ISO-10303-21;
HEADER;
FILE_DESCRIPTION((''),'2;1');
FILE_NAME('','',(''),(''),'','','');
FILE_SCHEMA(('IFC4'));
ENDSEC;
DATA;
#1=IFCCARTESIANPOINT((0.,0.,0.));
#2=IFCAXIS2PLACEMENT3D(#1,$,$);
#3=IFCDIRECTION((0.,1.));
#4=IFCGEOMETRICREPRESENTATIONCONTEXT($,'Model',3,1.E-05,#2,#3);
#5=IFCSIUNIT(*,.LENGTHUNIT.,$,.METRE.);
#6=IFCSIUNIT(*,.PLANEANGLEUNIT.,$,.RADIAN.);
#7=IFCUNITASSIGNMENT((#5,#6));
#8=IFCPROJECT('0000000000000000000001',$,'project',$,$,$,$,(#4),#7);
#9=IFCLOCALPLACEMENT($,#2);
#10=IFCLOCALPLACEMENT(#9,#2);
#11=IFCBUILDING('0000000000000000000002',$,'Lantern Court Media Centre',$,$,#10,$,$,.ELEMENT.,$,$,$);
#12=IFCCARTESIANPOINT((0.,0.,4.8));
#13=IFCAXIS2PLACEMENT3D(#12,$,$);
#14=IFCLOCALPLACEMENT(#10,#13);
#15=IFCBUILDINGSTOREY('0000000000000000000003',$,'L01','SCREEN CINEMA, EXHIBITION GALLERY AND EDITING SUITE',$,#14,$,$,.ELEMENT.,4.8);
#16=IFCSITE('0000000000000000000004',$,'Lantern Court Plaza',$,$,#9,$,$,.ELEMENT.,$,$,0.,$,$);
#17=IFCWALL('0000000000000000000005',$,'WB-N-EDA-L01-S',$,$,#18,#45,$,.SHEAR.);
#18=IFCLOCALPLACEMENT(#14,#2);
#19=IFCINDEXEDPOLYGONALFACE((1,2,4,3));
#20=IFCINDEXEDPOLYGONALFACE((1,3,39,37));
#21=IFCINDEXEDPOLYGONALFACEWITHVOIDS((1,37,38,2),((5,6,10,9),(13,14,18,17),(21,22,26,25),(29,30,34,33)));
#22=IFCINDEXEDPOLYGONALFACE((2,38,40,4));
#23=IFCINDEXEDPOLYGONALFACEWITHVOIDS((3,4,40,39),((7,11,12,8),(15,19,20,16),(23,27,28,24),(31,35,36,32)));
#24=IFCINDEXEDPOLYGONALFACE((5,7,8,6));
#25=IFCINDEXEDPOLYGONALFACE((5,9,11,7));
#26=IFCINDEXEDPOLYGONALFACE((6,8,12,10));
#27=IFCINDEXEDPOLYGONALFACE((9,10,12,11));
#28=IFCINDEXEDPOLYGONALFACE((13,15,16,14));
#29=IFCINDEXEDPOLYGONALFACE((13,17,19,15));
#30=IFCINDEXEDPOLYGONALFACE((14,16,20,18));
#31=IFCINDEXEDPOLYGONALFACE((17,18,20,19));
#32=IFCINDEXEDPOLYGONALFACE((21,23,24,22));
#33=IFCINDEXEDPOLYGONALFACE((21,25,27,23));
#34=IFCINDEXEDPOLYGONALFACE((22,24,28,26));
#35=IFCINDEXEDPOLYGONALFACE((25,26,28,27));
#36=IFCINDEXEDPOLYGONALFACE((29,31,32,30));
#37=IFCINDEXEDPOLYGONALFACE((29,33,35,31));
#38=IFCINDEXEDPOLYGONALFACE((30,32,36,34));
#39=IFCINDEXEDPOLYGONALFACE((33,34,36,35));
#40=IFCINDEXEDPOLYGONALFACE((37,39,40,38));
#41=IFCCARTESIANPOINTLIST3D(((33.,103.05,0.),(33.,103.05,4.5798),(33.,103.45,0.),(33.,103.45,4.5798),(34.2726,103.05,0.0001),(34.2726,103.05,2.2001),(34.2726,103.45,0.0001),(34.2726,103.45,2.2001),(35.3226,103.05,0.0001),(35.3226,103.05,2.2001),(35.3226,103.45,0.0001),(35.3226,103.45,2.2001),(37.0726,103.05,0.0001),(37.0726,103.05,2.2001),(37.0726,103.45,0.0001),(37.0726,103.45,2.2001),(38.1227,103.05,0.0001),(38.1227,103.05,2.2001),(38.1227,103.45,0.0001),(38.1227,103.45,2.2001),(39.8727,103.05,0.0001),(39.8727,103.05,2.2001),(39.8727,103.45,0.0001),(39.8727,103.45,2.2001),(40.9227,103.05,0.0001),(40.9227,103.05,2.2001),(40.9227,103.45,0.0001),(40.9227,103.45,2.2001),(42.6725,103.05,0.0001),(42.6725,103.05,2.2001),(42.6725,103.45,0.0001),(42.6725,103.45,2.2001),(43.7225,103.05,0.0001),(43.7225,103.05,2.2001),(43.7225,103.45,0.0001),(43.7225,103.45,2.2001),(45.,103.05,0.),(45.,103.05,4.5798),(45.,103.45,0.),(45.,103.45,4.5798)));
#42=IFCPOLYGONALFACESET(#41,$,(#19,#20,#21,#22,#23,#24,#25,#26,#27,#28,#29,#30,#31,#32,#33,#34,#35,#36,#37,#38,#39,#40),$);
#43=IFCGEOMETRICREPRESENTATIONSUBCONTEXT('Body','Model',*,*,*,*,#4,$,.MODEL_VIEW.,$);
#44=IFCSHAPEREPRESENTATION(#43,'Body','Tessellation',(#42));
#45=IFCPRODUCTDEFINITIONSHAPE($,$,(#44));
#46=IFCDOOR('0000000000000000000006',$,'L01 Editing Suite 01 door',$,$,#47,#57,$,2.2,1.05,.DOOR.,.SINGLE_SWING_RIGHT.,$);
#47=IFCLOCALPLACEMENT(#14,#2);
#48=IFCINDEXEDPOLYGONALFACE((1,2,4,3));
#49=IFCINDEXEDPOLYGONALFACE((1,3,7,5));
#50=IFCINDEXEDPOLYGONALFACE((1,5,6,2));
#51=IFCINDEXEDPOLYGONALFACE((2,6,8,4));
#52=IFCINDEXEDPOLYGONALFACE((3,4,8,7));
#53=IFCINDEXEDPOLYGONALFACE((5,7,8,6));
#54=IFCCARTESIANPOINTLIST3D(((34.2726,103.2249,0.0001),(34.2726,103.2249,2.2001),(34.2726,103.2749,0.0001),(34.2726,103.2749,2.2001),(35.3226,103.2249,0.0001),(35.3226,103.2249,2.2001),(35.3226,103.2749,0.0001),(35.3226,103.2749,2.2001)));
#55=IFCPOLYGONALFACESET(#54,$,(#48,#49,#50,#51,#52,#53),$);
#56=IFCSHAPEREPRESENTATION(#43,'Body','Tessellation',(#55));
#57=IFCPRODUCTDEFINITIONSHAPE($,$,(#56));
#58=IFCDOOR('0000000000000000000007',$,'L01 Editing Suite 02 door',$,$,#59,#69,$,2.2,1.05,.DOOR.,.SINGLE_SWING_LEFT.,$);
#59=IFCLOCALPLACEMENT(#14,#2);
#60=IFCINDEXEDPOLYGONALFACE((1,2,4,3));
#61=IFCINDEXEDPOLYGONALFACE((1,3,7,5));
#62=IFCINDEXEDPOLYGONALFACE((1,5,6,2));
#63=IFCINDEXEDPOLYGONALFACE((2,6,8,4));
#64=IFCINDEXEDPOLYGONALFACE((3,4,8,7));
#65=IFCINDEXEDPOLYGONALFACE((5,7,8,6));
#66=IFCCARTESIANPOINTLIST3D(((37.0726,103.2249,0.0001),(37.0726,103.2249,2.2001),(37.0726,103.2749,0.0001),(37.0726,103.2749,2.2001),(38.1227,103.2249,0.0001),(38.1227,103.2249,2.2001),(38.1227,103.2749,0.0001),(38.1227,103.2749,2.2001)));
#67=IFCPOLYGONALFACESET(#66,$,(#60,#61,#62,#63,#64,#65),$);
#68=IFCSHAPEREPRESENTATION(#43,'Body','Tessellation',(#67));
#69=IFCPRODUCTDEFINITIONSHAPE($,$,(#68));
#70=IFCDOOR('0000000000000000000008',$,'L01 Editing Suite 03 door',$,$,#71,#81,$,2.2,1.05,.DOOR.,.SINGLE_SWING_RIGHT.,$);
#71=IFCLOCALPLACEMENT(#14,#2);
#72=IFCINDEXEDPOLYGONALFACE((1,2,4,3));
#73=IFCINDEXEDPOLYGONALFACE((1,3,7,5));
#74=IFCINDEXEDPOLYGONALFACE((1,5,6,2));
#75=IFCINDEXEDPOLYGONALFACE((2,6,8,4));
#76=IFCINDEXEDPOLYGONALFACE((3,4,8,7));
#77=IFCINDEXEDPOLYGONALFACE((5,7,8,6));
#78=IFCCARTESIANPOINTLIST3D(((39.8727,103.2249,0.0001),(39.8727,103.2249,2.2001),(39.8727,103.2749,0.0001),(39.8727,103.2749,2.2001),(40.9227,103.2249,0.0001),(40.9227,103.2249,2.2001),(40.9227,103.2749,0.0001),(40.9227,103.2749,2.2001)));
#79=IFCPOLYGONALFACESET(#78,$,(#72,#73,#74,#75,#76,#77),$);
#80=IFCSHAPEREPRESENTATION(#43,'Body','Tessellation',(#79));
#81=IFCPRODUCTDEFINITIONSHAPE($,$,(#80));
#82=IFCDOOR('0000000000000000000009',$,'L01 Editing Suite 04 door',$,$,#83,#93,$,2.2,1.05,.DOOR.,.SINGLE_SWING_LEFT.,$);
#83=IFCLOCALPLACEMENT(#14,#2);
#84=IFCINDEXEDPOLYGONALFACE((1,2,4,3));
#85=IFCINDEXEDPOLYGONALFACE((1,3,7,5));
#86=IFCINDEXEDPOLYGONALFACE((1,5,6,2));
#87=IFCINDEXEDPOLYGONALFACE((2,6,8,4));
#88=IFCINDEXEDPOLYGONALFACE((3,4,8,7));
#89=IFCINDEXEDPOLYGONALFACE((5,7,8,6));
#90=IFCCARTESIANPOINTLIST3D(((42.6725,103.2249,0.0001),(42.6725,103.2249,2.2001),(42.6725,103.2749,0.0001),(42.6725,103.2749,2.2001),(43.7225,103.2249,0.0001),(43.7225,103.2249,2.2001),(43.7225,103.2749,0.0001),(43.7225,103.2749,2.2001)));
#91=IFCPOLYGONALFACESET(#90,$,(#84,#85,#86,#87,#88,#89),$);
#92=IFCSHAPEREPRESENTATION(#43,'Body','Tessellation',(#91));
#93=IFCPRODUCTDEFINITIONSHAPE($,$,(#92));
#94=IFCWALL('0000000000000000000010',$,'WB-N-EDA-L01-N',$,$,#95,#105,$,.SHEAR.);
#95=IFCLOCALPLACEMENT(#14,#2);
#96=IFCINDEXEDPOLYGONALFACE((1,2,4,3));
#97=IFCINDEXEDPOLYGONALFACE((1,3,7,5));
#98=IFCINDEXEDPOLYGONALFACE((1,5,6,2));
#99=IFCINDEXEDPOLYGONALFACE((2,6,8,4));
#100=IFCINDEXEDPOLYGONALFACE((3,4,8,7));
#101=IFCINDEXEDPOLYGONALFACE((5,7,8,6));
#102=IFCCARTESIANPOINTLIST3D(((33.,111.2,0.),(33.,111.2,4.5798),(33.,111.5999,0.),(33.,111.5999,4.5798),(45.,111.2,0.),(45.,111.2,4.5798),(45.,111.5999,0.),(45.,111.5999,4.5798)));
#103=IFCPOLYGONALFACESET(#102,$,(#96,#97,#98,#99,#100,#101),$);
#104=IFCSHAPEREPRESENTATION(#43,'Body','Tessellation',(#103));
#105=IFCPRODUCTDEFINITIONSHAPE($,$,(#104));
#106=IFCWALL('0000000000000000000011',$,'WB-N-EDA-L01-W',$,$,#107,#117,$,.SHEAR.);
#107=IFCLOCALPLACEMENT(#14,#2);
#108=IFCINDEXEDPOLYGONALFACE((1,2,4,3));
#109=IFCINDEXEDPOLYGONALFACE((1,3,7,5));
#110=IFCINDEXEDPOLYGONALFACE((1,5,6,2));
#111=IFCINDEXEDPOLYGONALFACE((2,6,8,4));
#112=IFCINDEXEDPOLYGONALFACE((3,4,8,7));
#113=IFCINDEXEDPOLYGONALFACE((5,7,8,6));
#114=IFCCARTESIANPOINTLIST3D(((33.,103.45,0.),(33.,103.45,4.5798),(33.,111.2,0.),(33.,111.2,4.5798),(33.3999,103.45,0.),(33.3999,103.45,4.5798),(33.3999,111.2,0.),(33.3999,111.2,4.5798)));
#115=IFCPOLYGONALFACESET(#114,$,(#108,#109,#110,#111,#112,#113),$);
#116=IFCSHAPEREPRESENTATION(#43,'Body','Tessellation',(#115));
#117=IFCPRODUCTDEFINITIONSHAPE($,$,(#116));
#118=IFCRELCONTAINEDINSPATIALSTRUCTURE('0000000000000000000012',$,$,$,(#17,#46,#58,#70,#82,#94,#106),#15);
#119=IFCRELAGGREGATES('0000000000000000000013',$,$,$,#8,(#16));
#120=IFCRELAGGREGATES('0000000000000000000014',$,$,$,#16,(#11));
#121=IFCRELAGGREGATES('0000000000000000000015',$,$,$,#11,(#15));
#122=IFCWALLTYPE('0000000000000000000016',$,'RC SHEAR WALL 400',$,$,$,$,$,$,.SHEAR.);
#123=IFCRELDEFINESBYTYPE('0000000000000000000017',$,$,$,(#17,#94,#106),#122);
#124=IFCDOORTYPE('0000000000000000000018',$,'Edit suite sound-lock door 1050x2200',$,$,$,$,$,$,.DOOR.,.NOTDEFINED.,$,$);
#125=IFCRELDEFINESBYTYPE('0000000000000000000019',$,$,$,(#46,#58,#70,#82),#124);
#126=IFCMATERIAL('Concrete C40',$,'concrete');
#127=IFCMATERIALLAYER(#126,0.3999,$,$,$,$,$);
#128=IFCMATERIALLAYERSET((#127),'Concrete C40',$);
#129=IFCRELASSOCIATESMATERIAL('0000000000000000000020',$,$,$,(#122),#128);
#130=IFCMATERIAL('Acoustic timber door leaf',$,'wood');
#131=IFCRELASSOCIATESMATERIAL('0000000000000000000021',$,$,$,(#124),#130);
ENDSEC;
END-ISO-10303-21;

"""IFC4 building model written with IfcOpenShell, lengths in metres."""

from ifc_helpers import new_model, si_unit, direction, frame, frame_2d, origin, place, context, subcontext, project, spatial, rectangle, extrude, material, layer, layer_set, type_object, element, fill, save


model = new_model("IFC4")

# Units and contexts
model_context = context("Model", 3, precision=1e-05, world=origin(), true_north=direction((0.0, 1.0)))
body_context = subcontext(model_context, "Body", "Model", "MODEL_VIEW")
ifc_project = project(units=[si_unit("LENGTHUNIT", "METRE"), si_unit("PLANEANGLEUNIT", "RADIAN")], contexts=[model_context])

# Site, building, storey
site_placement = place(None, origin())
site = spatial("IfcSite", under=ifc_project, at=site_placement, Name="Lantern Court Plaza", CompositionType="ELEMENT", RefElevation=0.0)
building_placement = place(site_placement, origin())
building = spatial("IfcBuilding", under=site, at=building_placement, Name="Lantern Court Media Centre", CompositionType="ELEMENT")
storey_placement = place(building_placement, frame((0.0, 0.0, 4.8)))
storey = spatial("IfcBuildingStorey", under=building, at=storey_placement, Name="L01", Description="SCREEN CINEMA, EXHIBITION GALLERY AND EDITING SUITE", CompositionType="ELEMENT", Elevation=4.8)

# Shared definitions
ifc_material_1 = material(Name="Concrete C40", Category="concrete")
ifc_layer_1 = layer(ifc_material_1, 0.3999)
ifc_layer_set_1 = layer_set([ifc_layer_1], Name="Concrete C40")
wall_type_1 = type_object("IfcWallType", Name="RC SHEAR WALL 400", PredefinedType="SHEAR", material=ifc_layer_set_1)

# Wall, openings, doors
wall_1_placement = place(storey_placement, frame((33.0, 103.25, 0.0), z_axis=(0.0, 0.0, 1.0), x_axis=(1.0, 0.0, 0.0)))
wall_1 = element("IfcWall", 1, at=wall_1_placement, inside=storey, type_object=wall_type_1, Name="WB-N-EDA-L01-S", PredefinedType="SHEAR", context=body_context, shape_type="SweptSolid", body=[
    extrude(rectangle(XDim=12.0, YDim=0.3999, at=frame_2d((6.0, 0.0))), origin(), (0.0, 0.0, 1.0), 4.5798),
])
opening_1_placement = place(wall_1_placement, frame((1.2727, 0.0, 0.0)))
opening_1 = element("IfcOpeningElement", 2, at=opening_1_placement, cuts=wall_1, PredefinedType="OPENING", context=body_context, shape_type="SweptSolid", body=[
    extrude(rectangle(XDim=1.05, YDim=2.2, at=frame_2d((0.5249, 1.1001))), frame((0.0, 0.21, 0.0), z_axis=(0.0, -1.0, 0.0), x_axis=(1.0, 0.0, 0.0)), (0.0, 0.0, 1.0), 0.4199),
])
opening_2_placement = place(wall_1_placement, frame((4.0728, 0.0, 0.0)))
opening_2 = element("IfcOpeningElement", 3, at=opening_2_placement, cuts=wall_1, PredefinedType="OPENING", context=body_context, shape_type="SweptSolid", body=[
    extrude(rectangle(XDim=1.05, YDim=2.2, at=frame_2d((0.5249, 1.1001))), frame((0.0, 0.21, 0.0), z_axis=(0.0, -1.0, 0.0), x_axis=(1.0, 0.0, 0.0)), (0.0, 0.0, 1.0), 0.4199),
])
opening_3_placement = place(wall_1_placement, frame((6.8728, 0.0, 0.0)))
opening_3 = element("IfcOpeningElement", 4, at=opening_3_placement, cuts=wall_1, PredefinedType="OPENING", context=body_context, shape_type="SweptSolid", body=[
    extrude(rectangle(XDim=1.05, YDim=2.2, at=frame_2d((0.5249, 1.1001))), frame((0.0, 0.21, 0.0), z_axis=(0.0, -1.0, 0.0), x_axis=(1.0, 0.0, 0.0)), (0.0, 0.0, 1.0), 0.4199),
])
opening_4_placement = place(wall_1_placement, frame((9.6726, 0.0, 0.0)))
opening_4 = element("IfcOpeningElement", 5, at=opening_4_placement, cuts=wall_1, PredefinedType="OPENING", context=body_context, shape_type="SweptSolid", body=[
    extrude(rectangle(XDim=1.05, YDim=2.2, at=frame_2d((0.5249, 1.1001))), frame((0.0, 0.21, 0.0), z_axis=(0.0, -1.0, 0.0), x_axis=(1.0, 0.0, 0.0)), (0.0, 0.0, 1.0), 0.4199),
])
ifc_material_2 = material(Name="Acoustic timber door leaf", Category="wood")
door_type = type_object("IfcDoorType", Name="Edit suite sound-lock door 1050x2200", OperationType="NOTDEFINED", PredefinedType="DOOR", material=ifc_material_2)
door_1_placement = place(opening_1_placement, origin())
door_1 = element("IfcDoor", 6, at=door_1_placement, inside=storey, type_object=door_type, Name="L01 Editing Suite 01 door", OperationType="SINGLE_SWING_RIGHT", OverallHeight=2.2, OverallWidth=1.05, PredefinedType="DOOR", context=body_context, shape_type="SweptSolid", body=[
    extrude(rectangle(XDim=1.05, YDim=2.2, at=frame_2d((0.5249, 1.1001))), frame((0.0, 0.0249, 0.0), z_axis=(0.0, -1.0, 0.0), x_axis=(1.0, 0.0, 0.0)), (0.0, 0.0, 1.0), 0.05),
])
fill(opening_1, door_1)
door_2_placement = place(opening_2_placement, origin())
door_2 = element("IfcDoor", 7, at=door_2_placement, inside=storey, type_object=door_type, Name="L01 Editing Suite 02 door", OperationType="SINGLE_SWING_LEFT", OverallHeight=2.2, OverallWidth=1.05, PredefinedType="DOOR", context=body_context, shape_type="SweptSolid", body=[
    extrude(rectangle(XDim=1.05, YDim=2.2, at=frame_2d((0.5249, 1.1001))), frame((0.0, 0.0249, 0.0), z_axis=(0.0, -1.0, 0.0), x_axis=(1.0, 0.0, 0.0)), (0.0, 0.0, 1.0), 0.05),
])
fill(opening_2, door_2)
door_3_placement = place(opening_3_placement, origin())
door_3 = element("IfcDoor", 8, at=door_3_placement, inside=storey, type_object=door_type, Name="L01 Editing Suite 03 door", OperationType="SINGLE_SWING_RIGHT", OverallHeight=2.2, OverallWidth=1.05, PredefinedType="DOOR", context=body_context, shape_type="SweptSolid", body=[
    extrude(rectangle(XDim=1.05, YDim=2.2, at=frame_2d((0.5249, 1.1001))), frame((0.0, 0.0249, 0.0), z_axis=(0.0, -1.0, 0.0), x_axis=(1.0, 0.0, 0.0)), (0.0, 0.0, 1.0), 0.05),
])
fill(opening_3, door_3)
door_4_placement = place(opening_4_placement, origin())
door_4 = element("IfcDoor", 9, at=door_4_placement, inside=storey, type_object=door_type, Name="L01 Editing Suite 04 door", OperationType="SINGLE_SWING_LEFT", OverallHeight=2.2, OverallWidth=1.05, PredefinedType="DOOR", context=body_context, shape_type="SweptSolid", body=[
    extrude(rectangle(XDim=1.05, YDim=2.2, at=frame_2d((0.5249, 1.1001))), frame((0.0, 0.0249, 0.0), z_axis=(0.0, -1.0, 0.0), x_axis=(1.0, 0.0, 0.0)), (0.0, 0.0, 1.0), 0.05),
])
fill(opening_4, door_4)

# Walls
wall_2_placement = place(storey_placement, frame((33.0, 111.3999, 0.0), z_axis=(0.0, 0.0, 1.0), x_axis=(1.0, 0.0, 0.0)))
element("IfcWall", 10, at=wall_2_placement, inside=storey, type_object=wall_type_1, Name="WB-N-EDA-L01-N", PredefinedType="SHEAR", context=body_context, shape_type="SweptSolid", body=[
    extrude(rectangle(XDim=12.0, YDim=0.3999, at=frame_2d((6.0, 0.0))), origin(), (0.0, 0.0, 1.0), 4.5798),
])
wall_3_placement = place(storey_placement, frame((33.2, 103.45, 0.0), z_axis=(0.0, 0.0, 1.0), x_axis=(0.0, 1.0, 0.0)))
element("IfcWall", 11, at=wall_3_placement, inside=storey, type_object=wall_type_1, Name="WB-N-EDA-L01-W", PredefinedType="SHEAR", context=body_context, shape_type="SweptSolid", body=[
    extrude(rectangle(XDim=7.75, YDim=0.3999, at=frame_2d((3.875, 0.0))), origin(), (0.0, 0.0, 1.0), 4.5798),
])

save(model, "model.ifc")
